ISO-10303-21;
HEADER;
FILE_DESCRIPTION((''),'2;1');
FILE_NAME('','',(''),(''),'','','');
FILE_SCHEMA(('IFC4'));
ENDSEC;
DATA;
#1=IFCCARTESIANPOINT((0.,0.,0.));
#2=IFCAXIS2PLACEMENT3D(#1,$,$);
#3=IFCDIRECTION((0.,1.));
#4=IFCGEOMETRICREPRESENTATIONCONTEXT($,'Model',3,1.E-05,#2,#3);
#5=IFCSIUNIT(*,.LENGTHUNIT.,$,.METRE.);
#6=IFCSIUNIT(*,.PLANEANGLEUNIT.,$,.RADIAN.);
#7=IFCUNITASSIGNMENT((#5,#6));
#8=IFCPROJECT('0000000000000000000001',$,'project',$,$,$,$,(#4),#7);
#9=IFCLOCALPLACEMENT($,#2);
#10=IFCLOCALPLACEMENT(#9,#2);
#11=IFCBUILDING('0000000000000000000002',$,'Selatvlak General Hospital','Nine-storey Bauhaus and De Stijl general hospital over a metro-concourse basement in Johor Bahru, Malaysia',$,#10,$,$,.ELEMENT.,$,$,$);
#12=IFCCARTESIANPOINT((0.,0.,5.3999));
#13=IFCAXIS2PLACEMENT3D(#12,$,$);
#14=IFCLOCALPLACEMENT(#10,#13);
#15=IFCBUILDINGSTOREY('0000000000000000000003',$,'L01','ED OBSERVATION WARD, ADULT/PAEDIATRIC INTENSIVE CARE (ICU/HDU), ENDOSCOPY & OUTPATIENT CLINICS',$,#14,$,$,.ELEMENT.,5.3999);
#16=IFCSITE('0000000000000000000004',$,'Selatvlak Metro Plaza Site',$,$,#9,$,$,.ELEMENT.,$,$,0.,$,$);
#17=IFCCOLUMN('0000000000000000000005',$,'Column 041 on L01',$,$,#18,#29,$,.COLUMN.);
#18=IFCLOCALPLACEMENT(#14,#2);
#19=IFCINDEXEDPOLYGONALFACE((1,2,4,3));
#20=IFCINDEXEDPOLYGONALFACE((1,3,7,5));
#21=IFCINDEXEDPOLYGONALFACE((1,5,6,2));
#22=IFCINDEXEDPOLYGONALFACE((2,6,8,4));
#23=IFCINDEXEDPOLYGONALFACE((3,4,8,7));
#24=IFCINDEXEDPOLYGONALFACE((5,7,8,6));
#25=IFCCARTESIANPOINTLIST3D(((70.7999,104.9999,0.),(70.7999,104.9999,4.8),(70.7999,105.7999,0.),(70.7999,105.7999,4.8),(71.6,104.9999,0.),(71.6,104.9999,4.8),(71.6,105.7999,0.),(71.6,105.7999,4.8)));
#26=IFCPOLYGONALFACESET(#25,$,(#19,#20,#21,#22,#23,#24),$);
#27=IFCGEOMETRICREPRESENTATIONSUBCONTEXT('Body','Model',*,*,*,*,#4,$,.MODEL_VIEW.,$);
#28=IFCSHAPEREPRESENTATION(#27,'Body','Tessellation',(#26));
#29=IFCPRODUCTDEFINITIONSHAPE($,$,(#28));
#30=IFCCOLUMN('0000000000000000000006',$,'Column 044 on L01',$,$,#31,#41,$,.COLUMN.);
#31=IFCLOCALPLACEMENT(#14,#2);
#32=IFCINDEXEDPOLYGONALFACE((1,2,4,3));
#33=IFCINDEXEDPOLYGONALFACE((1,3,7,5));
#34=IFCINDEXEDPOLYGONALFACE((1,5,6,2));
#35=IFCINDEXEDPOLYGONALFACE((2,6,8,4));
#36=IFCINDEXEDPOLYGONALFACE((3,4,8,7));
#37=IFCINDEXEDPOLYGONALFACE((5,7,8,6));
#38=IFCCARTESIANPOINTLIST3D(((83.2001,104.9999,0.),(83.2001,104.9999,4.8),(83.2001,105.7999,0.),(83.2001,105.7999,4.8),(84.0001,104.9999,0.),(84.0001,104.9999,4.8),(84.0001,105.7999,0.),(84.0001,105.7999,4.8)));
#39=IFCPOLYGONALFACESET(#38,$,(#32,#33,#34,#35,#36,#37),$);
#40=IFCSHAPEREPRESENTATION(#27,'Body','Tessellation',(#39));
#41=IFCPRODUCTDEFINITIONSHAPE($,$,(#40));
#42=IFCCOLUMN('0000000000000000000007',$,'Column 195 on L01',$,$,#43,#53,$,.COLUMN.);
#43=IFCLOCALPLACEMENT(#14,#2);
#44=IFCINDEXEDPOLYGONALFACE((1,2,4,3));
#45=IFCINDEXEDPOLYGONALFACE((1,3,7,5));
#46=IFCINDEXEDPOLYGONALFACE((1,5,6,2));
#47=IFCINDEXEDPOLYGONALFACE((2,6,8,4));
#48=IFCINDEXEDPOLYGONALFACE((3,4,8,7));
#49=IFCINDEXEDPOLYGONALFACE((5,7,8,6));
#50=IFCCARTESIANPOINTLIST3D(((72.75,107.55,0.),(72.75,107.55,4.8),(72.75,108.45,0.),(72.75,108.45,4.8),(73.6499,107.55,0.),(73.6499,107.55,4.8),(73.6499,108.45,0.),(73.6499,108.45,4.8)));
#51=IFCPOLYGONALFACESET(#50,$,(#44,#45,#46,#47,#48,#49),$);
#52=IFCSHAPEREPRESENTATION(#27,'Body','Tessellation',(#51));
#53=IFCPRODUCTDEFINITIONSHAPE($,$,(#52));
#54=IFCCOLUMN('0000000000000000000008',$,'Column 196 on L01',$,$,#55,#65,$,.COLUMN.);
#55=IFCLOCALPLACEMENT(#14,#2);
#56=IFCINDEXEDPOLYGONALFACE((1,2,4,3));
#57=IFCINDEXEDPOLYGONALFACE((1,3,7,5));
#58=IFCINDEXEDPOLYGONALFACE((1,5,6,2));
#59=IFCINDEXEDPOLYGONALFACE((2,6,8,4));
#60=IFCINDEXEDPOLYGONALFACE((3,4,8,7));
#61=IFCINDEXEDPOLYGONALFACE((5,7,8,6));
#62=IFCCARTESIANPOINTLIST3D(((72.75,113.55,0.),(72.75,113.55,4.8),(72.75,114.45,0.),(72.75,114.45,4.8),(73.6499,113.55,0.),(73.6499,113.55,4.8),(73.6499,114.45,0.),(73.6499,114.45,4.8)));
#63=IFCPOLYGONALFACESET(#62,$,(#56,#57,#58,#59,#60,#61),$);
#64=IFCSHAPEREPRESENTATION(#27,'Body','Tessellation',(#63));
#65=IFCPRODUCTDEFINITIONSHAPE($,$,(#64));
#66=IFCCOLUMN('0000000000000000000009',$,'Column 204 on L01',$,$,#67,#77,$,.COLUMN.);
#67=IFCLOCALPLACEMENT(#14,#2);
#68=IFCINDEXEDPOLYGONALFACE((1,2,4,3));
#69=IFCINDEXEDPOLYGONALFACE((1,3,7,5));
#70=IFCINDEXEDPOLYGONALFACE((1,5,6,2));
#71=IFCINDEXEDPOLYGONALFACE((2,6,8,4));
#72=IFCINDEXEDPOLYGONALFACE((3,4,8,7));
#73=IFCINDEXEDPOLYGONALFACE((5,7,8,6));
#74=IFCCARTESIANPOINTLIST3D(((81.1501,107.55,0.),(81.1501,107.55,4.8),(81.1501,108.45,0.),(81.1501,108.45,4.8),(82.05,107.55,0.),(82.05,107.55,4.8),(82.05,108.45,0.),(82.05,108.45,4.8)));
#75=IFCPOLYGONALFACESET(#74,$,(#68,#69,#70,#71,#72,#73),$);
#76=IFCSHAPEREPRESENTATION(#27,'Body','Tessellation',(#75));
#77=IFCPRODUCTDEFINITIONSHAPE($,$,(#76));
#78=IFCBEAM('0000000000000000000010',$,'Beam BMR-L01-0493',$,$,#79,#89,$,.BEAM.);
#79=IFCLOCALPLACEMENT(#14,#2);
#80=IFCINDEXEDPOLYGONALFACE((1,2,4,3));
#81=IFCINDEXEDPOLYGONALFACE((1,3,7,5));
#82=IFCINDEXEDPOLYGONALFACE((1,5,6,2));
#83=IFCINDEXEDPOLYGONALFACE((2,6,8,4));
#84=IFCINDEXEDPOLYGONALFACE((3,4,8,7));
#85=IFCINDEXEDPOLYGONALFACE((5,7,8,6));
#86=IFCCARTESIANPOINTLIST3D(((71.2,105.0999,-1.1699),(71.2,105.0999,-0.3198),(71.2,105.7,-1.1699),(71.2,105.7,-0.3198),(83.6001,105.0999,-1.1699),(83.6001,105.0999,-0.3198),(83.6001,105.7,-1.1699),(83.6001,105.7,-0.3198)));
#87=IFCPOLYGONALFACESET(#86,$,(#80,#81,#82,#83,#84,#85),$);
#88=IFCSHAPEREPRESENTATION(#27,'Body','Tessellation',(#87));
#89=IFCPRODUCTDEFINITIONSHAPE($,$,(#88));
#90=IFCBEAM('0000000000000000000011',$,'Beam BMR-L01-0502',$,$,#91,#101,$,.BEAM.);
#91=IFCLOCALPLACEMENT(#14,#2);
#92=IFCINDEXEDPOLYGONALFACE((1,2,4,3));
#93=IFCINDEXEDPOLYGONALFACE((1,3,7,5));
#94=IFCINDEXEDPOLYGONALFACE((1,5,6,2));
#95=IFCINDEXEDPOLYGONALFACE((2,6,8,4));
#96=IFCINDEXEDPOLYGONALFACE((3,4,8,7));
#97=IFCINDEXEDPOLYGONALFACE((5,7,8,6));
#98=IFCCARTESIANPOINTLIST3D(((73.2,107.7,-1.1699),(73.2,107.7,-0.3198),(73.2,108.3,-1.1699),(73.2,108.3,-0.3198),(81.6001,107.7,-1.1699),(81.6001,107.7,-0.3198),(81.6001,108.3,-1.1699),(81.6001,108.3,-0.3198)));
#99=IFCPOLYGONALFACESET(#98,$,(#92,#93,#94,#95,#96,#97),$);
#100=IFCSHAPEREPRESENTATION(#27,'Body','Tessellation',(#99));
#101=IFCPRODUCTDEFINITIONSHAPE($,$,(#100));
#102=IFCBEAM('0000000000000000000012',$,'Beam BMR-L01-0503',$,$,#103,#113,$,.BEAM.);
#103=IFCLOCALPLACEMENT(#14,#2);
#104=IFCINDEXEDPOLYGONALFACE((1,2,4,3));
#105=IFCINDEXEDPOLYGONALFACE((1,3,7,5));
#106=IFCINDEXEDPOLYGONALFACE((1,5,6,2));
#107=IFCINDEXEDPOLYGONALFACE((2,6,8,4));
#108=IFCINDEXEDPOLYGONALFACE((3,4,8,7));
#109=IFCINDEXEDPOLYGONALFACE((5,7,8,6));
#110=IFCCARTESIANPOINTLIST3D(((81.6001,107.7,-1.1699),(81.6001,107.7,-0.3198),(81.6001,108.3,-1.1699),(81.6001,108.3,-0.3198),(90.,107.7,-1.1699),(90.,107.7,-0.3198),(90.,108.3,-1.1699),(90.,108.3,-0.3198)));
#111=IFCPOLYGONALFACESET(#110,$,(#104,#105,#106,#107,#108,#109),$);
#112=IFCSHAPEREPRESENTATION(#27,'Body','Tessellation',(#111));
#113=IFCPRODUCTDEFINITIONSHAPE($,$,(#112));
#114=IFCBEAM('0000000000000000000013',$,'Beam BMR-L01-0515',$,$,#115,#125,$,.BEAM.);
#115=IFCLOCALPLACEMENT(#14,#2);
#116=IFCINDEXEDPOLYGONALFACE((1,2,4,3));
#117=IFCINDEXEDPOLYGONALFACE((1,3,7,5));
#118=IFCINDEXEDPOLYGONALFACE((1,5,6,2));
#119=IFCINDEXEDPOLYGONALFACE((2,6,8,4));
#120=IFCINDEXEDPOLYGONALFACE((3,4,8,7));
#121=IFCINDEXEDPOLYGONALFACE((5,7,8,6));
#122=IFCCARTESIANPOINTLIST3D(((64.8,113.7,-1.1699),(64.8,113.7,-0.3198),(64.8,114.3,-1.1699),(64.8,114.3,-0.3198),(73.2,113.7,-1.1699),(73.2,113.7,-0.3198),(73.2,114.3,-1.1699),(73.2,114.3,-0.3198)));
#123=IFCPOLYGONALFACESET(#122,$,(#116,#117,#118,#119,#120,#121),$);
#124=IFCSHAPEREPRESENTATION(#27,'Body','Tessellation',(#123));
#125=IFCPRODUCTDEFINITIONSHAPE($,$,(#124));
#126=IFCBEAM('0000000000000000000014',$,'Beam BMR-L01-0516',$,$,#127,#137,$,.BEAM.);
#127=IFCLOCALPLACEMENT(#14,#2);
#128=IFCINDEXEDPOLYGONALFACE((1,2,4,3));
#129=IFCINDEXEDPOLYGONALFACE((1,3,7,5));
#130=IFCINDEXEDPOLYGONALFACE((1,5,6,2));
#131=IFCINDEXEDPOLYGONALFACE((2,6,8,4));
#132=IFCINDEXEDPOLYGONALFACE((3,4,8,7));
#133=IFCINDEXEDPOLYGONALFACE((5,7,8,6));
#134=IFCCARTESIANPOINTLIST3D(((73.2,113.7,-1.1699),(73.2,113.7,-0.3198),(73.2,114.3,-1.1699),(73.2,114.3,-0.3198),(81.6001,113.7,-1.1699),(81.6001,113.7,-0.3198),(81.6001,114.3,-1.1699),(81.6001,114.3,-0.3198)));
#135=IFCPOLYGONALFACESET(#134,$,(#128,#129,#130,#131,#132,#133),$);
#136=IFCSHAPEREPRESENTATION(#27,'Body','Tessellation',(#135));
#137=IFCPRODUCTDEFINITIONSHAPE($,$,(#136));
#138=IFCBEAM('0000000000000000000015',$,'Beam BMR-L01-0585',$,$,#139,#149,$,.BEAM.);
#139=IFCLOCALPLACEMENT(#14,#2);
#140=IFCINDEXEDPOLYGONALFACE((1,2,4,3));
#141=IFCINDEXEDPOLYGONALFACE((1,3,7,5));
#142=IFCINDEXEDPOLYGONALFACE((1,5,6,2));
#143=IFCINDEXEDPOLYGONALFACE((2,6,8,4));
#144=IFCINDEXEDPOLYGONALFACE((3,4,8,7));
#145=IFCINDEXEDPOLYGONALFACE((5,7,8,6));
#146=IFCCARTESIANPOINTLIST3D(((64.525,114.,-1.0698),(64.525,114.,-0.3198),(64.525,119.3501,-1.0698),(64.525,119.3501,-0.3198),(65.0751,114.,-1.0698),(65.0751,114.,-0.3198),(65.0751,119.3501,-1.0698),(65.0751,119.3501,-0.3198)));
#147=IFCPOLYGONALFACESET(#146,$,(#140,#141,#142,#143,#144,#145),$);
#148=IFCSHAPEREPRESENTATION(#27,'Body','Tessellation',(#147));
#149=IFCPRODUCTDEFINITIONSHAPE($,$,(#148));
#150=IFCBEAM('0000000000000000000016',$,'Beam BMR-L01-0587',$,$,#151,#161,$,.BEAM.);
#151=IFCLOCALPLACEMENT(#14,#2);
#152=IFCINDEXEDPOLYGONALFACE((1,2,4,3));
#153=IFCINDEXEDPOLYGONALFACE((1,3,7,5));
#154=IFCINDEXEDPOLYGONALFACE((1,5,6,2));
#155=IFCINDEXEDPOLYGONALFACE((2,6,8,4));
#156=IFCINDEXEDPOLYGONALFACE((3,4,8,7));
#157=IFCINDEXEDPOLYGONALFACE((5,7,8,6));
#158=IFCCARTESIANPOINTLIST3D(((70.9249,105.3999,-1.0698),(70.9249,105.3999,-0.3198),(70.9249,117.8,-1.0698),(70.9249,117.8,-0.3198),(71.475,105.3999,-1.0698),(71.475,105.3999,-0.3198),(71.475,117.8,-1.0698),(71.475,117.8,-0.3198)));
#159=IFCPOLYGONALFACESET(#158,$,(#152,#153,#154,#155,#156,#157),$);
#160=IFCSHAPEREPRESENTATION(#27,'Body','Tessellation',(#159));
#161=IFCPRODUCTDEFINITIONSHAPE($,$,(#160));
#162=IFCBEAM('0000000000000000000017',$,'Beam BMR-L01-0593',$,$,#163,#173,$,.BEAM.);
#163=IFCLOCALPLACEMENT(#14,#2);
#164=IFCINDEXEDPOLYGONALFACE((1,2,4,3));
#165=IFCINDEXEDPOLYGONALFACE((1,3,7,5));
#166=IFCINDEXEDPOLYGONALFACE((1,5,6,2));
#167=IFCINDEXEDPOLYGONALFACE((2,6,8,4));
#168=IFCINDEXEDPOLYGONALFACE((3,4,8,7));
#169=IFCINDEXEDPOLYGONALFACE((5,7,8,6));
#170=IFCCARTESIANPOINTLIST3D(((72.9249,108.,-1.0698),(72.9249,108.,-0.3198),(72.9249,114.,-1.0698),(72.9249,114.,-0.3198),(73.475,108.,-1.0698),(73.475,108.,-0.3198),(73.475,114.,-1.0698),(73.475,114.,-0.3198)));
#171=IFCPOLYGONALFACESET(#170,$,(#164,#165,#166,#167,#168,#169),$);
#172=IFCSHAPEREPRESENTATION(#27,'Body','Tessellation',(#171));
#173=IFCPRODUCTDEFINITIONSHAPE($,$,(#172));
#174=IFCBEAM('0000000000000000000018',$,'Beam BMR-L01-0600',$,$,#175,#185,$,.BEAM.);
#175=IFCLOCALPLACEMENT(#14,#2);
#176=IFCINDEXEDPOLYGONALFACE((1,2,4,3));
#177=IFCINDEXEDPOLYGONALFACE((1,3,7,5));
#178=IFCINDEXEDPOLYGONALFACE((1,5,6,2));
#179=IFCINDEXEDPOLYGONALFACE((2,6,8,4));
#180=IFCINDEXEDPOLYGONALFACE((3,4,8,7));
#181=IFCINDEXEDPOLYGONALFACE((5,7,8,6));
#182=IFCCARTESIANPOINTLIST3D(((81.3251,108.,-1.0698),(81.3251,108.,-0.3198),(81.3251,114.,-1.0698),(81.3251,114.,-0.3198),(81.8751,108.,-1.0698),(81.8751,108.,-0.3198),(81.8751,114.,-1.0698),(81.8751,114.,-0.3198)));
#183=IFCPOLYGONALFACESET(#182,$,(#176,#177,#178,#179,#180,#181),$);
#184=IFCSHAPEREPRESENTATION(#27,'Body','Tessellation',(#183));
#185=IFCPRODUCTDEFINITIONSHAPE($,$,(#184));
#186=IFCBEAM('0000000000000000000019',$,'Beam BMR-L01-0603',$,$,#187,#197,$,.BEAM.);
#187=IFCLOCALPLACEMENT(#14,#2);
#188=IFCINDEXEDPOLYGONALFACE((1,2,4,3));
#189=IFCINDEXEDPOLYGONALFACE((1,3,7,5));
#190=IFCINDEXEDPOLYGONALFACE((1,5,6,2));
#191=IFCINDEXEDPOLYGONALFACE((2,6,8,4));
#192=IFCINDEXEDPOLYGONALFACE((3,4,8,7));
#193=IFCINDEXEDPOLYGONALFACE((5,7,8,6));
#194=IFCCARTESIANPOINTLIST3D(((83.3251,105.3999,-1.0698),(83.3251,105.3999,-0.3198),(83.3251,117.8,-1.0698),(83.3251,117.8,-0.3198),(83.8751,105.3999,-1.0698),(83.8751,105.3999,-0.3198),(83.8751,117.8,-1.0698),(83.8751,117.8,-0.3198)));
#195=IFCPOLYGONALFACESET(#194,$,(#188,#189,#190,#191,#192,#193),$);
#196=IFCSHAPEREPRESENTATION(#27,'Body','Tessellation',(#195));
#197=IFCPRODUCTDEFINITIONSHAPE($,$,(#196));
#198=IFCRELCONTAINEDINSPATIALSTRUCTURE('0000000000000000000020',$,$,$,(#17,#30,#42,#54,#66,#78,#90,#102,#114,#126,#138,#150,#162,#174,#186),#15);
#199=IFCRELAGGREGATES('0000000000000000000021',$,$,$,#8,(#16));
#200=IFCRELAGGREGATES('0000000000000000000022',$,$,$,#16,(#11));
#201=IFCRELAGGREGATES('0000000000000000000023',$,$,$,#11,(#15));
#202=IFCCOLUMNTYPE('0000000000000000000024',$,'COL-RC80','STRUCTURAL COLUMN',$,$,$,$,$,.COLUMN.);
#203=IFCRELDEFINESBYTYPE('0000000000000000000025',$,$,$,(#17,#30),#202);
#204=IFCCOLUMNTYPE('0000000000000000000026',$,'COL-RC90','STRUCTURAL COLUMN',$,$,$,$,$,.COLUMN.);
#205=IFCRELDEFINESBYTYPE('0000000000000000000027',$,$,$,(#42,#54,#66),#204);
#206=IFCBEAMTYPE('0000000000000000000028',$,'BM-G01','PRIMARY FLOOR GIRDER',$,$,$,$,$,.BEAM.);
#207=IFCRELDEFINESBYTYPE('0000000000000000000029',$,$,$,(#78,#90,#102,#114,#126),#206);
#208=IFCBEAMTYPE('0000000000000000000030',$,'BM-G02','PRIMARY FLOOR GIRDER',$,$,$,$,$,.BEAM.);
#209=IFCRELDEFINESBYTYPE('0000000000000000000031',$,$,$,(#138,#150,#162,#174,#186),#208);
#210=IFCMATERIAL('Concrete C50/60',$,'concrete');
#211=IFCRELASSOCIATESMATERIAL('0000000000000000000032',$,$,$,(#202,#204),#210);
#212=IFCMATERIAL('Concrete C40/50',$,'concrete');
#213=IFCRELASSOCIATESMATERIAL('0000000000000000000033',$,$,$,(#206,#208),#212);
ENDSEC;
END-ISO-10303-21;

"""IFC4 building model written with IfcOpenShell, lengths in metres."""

from ifc_helpers import new_model, si_unit, direction, frame, origin, origin_2d, place, context, subcontext, project, spatial, rectangle, extrude, material, material_profile, profile_set, type_object, element, save


model = new_model("IFC4")

# Units and contexts
model_context = context("Model", 3, precision=1e-05, world=origin(), true_north=direction((0.0, 1.0)))
body_context = subcontext(model_context, "Body", "Model", "MODEL_VIEW")
ifc_project = project(units=[si_unit("LENGTHUNIT", "METRE"), si_unit("PLANEANGLEUNIT", "RADIAN")], contexts=[model_context])

# Site, building, storey
site_placement = place(None, origin())
site = spatial("IfcSite", under=ifc_project, at=site_placement, Name="Selatvlak Metro Plaza Site", CompositionType="ELEMENT", RefElevation=0.0)
building_placement = place(site_placement, origin())
building = spatial("IfcBuilding", under=site, at=building_placement, Name="Selatvlak General Hospital", Description="Nine-storey Bauhaus and De Stijl general hospital over a metro-concourse basement in Johor Bahru, Malaysia", CompositionType="ELEMENT")
storey_placement = place(building_placement, frame((0.0, 0.0, 5.3999)))
storey = spatial("IfcBuildingStorey", under=building, at=storey_placement, Name="L01", Description="ED OBSERVATION WARD, ADULT/PAEDIATRIC INTENSIVE CARE (ICU/HDU), ENDOSCOPY & OUTPATIENT CLINICS", CompositionType="ELEMENT", Elevation=5.3999)

# Columns
ifc_material_1 = material(Name="Concrete C50/60", Category="concrete")
ifc_material_profile_1 = material_profile(ifc_material_1, rectangle(XDim=0.8, YDim=0.8, at=origin_2d()), Name="RC-COL 800x800")
ifc_profile_set_1 = profile_set([ifc_material_profile_1], Name="Concrete C50/60")
column_type_1 = type_object("IfcColumnType", Name="COL-RC80", Description="STRUCTURAL COLUMN", PredefinedType="COLUMN", material=ifc_profile_set_1)
for number, where, z_axis, x_axis, name in (
    (1, (71.2, 105.3999, 0.0), (0.0, 0.0, 1.0), (1.0, 0.0, 0.0), "Column 041 on L01"),
    (2, (83.6001, 105.3999, 0.0), (0.0, 0.0, 1.0), (1.0, 0.0, 0.0), "Column 044 on L01"),
):
    element("IfcColumn", number, at=place(storey_placement, frame(where, z_axis=z_axis, x_axis=x_axis)), inside=storey, type_object=column_type_1, Name=name, PredefinedType="COLUMN", context=body_context, shape_type="SweptSolid", body=[
        extrude(rectangle(XDim=0.8, YDim=0.8, at=origin_2d()), origin(), (0.0, 0.0, 1.0), 4.8),
    ])
ifc_material_profile_2 = material_profile(ifc_material_1, rectangle(XDim=0.8999, YDim=0.8999, at=origin_2d()), Name="RC-COL 900x900")
ifc_profile_set_2 = profile_set([ifc_material_profile_2], Name="Concrete C50/60")
column_type_2 = type_object("IfcColumnType", Name="COL-RC90", Description="STRUCTURAL COLUMN", PredefinedType="COLUMN", material=ifc_profile_set_2)
for number, where, z_axis, x_axis, name in (
    (3, (73.2, 108.0, 0.0), (0.0, 0.0, 1.0), (1.0, 0.0, 0.0), "Column 195 on L01"),
    (4, (73.2, 114.0, 0.0), (0.0, 0.0, 1.0), (1.0, 0.0, 0.0), "Column 196 on L01"),
    (5, (81.6001, 108.0, 0.0), (0.0, 0.0, 1.0), (1.0, 0.0, 0.0), "Column 204 on L01"),
):
    element("IfcColumn", number, at=place(storey_placement, frame(where, z_axis=z_axis, x_axis=x_axis)), inside=storey, type_object=column_type_2, Name=name, PredefinedType="COLUMN", context=body_context, shape_type="SweptSolid", body=[
        extrude(rectangle(XDim=0.8999, YDim=0.8999, at=origin_2d()), origin(), (0.0, 0.0, 1.0), 4.8),
    ])

# Beams
ifc_material_2 = material(Name="Concrete C40/50", Category="concrete")
ifc_material_profile_3 = material_profile(ifc_material_2, rectangle(XDim=0.6001, YDim=0.8501, at=origin_2d()), Name="RC-BM 600x850")
ifc_profile_set_3 = profile_set([ifc_material_profile_3], Name="Concrete C40/50")
beam_type_1 = type_object("IfcBeamType", Name="BM-G01", Description="PRIMARY FLOOR GIRDER", PredefinedType="BEAM", material=ifc_profile_set_3)
beam_1_placement = place(storey_placement, frame((71.2, 105.3999, -0.7449), z_axis=(1.0, 0.0, 0.0), x_axis=(0.0, 1.0, 0.0)))
element("IfcBeam", 6, at=beam_1_placement, inside=storey, type_object=beam_type_1, Name="Beam BMR-L01-0493", PredefinedType="BEAM", context=body_context, shape_type="SweptSolid", body=[
    extrude(rectangle(XDim=0.6001, YDim=0.8501, at=origin_2d()), origin(), (0.0, 0.0, 1.0), 12.4001),
])
beam_2_placement = place(storey_placement, frame((73.2, 108.0, -0.7449), z_axis=(1.0, 0.0, 0.0), x_axis=(0.0, 1.0, 0.0)))
element("IfcBeam", 7, at=beam_2_placement, inside=storey, type_object=beam_type_1, Name="Beam BMR-L01-0502", PredefinedType="BEAM", context=body_context, shape_type="SweptSolid", body=[
    extrude(rectangle(XDim=0.6001, YDim=0.8501, at=origin_2d()), origin(), (0.0, 0.0, 1.0), 8.4001),
])
for number, where, z_axis, x_axis, name in (
    (8, (81.6001, 108.0, -0.7449), (1.0, 0.0, 0.0), (0.0, 1.0, 0.0), "Beam BMR-L01-0503"),
    (9, (64.8, 114.0, -0.7449), (1.0, 0.0, 0.0), (0.0, 1.0, 0.0), "Beam BMR-L01-0515"),
):
    element("IfcBeam", number, at=place(storey_placement, frame(where, z_axis=z_axis, x_axis=x_axis)), inside=storey, type_object=beam_type_1, Name=name, PredefinedType="BEAM", context=body_context, shape_type="SweptSolid", body=[
        extrude(rectangle(XDim=0.6001, YDim=0.8501, at=origin_2d()), origin(), (0.0, 0.0, 1.0), 8.3999),
    ])
beam_3_placement = place(storey_placement, frame((73.2, 114.0, -0.7449), z_axis=(1.0, 0.0, 0.0), x_axis=(0.0, 1.0, 0.0)))
element("IfcBeam", 10, at=beam_3_placement, inside=storey, type_object=beam_type_1, Name="Beam BMR-L01-0516", PredefinedType="BEAM", context=body_context, shape_type="SweptSolid", body=[
    extrude(rectangle(XDim=0.6001, YDim=0.8501, at=origin_2d()), origin(), (0.0, 0.0, 1.0), 8.4001),
])
ifc_material_profile_4 = material_profile(ifc_material_2, rectangle(XDim=0.55, YDim=0.75, at=origin_2d()), Name="RC-BM 550x750")
ifc_profile_set_4 = profile_set([ifc_material_profile_4], Name="Concrete C40/50")
beam_type_2 = type_object("IfcBeamType", Name="BM-G02", Description="PRIMARY FLOOR GIRDER", PredefinedType="BEAM", material=ifc_profile_set_4)
beam_4_placement = place(storey_placement, frame((64.8, 114.0, -0.6948), z_axis=(0.0, 1.0, 0.0), x_axis=(-1.0, 0.0, 0.0)))
element("IfcBeam", 11, at=beam_4_placement, inside=storey, type_object=beam_type_2, Name="Beam BMR-L01-0585", PredefinedType="BEAM", context=body_context, shape_type="SweptSolid", body=[
    extrude(rectangle(XDim=0.55, YDim=0.75, at=origin_2d()), origin(), (0.0, 0.0, 1.0), 5.3501),
])
beam_5_placement = place(storey_placement, frame((71.2, 105.3999, -0.6948), z_axis=(0.0, 1.0, 0.0), x_axis=(-1.0, 0.0, 0.0)))
element("IfcBeam", 12, at=beam_5_placement, inside=storey, type_object=beam_type_2, Name="Beam BMR-L01-0587", PredefinedType="BEAM", context=body_context, shape_type="SweptSolid", body=[
    extrude(rectangle(XDim=0.55, YDim=0.75, at=origin_2d()), origin(), (0.0, 0.0, 1.0), 12.4001),
])
for number, where, z_axis, x_axis, name in (
    (13, (73.2, 108.0, -0.6948), (0.0, 1.0, 0.0), (-1.0, 0.0, 0.0), "Beam BMR-L01-0593"),
    (14, (81.6001, 108.0, -0.6948), (0.0, 1.0, 0.0), (-1.0, 0.0, 0.0), "Beam BMR-L01-0600"),
):
    element("IfcBeam", number, at=place(storey_placement, frame(where, z_axis=z_axis, x_axis=x_axis)), inside=storey, type_object=beam_type_2, Name=name, PredefinedType="BEAM", context=body_context, shape_type="SweptSolid", body=[
        extrude(rectangle(XDim=0.55, YDim=0.75, at=origin_2d()), origin(), (0.0, 0.0, 1.0), 6.0),
    ])
beam_6_placement = place(storey_placement, frame((83.6001, 105.3999, -0.6948), z_axis=(0.0, 1.0, 0.0), x_axis=(-1.0, 0.0, 0.0)))
element("IfcBeam", 15, at=beam_6_placement, inside=storey, type_object=beam_type_2, Name="Beam BMR-L01-0603", PredefinedType="BEAM", context=body_context, shape_type="SweptSolid", body=[
    extrude(rectangle(XDim=0.55, YDim=0.75, at=origin_2d()), origin(), (0.0, 0.0, 1.0), 12.4001),
])

save(model, "model.ifc")
